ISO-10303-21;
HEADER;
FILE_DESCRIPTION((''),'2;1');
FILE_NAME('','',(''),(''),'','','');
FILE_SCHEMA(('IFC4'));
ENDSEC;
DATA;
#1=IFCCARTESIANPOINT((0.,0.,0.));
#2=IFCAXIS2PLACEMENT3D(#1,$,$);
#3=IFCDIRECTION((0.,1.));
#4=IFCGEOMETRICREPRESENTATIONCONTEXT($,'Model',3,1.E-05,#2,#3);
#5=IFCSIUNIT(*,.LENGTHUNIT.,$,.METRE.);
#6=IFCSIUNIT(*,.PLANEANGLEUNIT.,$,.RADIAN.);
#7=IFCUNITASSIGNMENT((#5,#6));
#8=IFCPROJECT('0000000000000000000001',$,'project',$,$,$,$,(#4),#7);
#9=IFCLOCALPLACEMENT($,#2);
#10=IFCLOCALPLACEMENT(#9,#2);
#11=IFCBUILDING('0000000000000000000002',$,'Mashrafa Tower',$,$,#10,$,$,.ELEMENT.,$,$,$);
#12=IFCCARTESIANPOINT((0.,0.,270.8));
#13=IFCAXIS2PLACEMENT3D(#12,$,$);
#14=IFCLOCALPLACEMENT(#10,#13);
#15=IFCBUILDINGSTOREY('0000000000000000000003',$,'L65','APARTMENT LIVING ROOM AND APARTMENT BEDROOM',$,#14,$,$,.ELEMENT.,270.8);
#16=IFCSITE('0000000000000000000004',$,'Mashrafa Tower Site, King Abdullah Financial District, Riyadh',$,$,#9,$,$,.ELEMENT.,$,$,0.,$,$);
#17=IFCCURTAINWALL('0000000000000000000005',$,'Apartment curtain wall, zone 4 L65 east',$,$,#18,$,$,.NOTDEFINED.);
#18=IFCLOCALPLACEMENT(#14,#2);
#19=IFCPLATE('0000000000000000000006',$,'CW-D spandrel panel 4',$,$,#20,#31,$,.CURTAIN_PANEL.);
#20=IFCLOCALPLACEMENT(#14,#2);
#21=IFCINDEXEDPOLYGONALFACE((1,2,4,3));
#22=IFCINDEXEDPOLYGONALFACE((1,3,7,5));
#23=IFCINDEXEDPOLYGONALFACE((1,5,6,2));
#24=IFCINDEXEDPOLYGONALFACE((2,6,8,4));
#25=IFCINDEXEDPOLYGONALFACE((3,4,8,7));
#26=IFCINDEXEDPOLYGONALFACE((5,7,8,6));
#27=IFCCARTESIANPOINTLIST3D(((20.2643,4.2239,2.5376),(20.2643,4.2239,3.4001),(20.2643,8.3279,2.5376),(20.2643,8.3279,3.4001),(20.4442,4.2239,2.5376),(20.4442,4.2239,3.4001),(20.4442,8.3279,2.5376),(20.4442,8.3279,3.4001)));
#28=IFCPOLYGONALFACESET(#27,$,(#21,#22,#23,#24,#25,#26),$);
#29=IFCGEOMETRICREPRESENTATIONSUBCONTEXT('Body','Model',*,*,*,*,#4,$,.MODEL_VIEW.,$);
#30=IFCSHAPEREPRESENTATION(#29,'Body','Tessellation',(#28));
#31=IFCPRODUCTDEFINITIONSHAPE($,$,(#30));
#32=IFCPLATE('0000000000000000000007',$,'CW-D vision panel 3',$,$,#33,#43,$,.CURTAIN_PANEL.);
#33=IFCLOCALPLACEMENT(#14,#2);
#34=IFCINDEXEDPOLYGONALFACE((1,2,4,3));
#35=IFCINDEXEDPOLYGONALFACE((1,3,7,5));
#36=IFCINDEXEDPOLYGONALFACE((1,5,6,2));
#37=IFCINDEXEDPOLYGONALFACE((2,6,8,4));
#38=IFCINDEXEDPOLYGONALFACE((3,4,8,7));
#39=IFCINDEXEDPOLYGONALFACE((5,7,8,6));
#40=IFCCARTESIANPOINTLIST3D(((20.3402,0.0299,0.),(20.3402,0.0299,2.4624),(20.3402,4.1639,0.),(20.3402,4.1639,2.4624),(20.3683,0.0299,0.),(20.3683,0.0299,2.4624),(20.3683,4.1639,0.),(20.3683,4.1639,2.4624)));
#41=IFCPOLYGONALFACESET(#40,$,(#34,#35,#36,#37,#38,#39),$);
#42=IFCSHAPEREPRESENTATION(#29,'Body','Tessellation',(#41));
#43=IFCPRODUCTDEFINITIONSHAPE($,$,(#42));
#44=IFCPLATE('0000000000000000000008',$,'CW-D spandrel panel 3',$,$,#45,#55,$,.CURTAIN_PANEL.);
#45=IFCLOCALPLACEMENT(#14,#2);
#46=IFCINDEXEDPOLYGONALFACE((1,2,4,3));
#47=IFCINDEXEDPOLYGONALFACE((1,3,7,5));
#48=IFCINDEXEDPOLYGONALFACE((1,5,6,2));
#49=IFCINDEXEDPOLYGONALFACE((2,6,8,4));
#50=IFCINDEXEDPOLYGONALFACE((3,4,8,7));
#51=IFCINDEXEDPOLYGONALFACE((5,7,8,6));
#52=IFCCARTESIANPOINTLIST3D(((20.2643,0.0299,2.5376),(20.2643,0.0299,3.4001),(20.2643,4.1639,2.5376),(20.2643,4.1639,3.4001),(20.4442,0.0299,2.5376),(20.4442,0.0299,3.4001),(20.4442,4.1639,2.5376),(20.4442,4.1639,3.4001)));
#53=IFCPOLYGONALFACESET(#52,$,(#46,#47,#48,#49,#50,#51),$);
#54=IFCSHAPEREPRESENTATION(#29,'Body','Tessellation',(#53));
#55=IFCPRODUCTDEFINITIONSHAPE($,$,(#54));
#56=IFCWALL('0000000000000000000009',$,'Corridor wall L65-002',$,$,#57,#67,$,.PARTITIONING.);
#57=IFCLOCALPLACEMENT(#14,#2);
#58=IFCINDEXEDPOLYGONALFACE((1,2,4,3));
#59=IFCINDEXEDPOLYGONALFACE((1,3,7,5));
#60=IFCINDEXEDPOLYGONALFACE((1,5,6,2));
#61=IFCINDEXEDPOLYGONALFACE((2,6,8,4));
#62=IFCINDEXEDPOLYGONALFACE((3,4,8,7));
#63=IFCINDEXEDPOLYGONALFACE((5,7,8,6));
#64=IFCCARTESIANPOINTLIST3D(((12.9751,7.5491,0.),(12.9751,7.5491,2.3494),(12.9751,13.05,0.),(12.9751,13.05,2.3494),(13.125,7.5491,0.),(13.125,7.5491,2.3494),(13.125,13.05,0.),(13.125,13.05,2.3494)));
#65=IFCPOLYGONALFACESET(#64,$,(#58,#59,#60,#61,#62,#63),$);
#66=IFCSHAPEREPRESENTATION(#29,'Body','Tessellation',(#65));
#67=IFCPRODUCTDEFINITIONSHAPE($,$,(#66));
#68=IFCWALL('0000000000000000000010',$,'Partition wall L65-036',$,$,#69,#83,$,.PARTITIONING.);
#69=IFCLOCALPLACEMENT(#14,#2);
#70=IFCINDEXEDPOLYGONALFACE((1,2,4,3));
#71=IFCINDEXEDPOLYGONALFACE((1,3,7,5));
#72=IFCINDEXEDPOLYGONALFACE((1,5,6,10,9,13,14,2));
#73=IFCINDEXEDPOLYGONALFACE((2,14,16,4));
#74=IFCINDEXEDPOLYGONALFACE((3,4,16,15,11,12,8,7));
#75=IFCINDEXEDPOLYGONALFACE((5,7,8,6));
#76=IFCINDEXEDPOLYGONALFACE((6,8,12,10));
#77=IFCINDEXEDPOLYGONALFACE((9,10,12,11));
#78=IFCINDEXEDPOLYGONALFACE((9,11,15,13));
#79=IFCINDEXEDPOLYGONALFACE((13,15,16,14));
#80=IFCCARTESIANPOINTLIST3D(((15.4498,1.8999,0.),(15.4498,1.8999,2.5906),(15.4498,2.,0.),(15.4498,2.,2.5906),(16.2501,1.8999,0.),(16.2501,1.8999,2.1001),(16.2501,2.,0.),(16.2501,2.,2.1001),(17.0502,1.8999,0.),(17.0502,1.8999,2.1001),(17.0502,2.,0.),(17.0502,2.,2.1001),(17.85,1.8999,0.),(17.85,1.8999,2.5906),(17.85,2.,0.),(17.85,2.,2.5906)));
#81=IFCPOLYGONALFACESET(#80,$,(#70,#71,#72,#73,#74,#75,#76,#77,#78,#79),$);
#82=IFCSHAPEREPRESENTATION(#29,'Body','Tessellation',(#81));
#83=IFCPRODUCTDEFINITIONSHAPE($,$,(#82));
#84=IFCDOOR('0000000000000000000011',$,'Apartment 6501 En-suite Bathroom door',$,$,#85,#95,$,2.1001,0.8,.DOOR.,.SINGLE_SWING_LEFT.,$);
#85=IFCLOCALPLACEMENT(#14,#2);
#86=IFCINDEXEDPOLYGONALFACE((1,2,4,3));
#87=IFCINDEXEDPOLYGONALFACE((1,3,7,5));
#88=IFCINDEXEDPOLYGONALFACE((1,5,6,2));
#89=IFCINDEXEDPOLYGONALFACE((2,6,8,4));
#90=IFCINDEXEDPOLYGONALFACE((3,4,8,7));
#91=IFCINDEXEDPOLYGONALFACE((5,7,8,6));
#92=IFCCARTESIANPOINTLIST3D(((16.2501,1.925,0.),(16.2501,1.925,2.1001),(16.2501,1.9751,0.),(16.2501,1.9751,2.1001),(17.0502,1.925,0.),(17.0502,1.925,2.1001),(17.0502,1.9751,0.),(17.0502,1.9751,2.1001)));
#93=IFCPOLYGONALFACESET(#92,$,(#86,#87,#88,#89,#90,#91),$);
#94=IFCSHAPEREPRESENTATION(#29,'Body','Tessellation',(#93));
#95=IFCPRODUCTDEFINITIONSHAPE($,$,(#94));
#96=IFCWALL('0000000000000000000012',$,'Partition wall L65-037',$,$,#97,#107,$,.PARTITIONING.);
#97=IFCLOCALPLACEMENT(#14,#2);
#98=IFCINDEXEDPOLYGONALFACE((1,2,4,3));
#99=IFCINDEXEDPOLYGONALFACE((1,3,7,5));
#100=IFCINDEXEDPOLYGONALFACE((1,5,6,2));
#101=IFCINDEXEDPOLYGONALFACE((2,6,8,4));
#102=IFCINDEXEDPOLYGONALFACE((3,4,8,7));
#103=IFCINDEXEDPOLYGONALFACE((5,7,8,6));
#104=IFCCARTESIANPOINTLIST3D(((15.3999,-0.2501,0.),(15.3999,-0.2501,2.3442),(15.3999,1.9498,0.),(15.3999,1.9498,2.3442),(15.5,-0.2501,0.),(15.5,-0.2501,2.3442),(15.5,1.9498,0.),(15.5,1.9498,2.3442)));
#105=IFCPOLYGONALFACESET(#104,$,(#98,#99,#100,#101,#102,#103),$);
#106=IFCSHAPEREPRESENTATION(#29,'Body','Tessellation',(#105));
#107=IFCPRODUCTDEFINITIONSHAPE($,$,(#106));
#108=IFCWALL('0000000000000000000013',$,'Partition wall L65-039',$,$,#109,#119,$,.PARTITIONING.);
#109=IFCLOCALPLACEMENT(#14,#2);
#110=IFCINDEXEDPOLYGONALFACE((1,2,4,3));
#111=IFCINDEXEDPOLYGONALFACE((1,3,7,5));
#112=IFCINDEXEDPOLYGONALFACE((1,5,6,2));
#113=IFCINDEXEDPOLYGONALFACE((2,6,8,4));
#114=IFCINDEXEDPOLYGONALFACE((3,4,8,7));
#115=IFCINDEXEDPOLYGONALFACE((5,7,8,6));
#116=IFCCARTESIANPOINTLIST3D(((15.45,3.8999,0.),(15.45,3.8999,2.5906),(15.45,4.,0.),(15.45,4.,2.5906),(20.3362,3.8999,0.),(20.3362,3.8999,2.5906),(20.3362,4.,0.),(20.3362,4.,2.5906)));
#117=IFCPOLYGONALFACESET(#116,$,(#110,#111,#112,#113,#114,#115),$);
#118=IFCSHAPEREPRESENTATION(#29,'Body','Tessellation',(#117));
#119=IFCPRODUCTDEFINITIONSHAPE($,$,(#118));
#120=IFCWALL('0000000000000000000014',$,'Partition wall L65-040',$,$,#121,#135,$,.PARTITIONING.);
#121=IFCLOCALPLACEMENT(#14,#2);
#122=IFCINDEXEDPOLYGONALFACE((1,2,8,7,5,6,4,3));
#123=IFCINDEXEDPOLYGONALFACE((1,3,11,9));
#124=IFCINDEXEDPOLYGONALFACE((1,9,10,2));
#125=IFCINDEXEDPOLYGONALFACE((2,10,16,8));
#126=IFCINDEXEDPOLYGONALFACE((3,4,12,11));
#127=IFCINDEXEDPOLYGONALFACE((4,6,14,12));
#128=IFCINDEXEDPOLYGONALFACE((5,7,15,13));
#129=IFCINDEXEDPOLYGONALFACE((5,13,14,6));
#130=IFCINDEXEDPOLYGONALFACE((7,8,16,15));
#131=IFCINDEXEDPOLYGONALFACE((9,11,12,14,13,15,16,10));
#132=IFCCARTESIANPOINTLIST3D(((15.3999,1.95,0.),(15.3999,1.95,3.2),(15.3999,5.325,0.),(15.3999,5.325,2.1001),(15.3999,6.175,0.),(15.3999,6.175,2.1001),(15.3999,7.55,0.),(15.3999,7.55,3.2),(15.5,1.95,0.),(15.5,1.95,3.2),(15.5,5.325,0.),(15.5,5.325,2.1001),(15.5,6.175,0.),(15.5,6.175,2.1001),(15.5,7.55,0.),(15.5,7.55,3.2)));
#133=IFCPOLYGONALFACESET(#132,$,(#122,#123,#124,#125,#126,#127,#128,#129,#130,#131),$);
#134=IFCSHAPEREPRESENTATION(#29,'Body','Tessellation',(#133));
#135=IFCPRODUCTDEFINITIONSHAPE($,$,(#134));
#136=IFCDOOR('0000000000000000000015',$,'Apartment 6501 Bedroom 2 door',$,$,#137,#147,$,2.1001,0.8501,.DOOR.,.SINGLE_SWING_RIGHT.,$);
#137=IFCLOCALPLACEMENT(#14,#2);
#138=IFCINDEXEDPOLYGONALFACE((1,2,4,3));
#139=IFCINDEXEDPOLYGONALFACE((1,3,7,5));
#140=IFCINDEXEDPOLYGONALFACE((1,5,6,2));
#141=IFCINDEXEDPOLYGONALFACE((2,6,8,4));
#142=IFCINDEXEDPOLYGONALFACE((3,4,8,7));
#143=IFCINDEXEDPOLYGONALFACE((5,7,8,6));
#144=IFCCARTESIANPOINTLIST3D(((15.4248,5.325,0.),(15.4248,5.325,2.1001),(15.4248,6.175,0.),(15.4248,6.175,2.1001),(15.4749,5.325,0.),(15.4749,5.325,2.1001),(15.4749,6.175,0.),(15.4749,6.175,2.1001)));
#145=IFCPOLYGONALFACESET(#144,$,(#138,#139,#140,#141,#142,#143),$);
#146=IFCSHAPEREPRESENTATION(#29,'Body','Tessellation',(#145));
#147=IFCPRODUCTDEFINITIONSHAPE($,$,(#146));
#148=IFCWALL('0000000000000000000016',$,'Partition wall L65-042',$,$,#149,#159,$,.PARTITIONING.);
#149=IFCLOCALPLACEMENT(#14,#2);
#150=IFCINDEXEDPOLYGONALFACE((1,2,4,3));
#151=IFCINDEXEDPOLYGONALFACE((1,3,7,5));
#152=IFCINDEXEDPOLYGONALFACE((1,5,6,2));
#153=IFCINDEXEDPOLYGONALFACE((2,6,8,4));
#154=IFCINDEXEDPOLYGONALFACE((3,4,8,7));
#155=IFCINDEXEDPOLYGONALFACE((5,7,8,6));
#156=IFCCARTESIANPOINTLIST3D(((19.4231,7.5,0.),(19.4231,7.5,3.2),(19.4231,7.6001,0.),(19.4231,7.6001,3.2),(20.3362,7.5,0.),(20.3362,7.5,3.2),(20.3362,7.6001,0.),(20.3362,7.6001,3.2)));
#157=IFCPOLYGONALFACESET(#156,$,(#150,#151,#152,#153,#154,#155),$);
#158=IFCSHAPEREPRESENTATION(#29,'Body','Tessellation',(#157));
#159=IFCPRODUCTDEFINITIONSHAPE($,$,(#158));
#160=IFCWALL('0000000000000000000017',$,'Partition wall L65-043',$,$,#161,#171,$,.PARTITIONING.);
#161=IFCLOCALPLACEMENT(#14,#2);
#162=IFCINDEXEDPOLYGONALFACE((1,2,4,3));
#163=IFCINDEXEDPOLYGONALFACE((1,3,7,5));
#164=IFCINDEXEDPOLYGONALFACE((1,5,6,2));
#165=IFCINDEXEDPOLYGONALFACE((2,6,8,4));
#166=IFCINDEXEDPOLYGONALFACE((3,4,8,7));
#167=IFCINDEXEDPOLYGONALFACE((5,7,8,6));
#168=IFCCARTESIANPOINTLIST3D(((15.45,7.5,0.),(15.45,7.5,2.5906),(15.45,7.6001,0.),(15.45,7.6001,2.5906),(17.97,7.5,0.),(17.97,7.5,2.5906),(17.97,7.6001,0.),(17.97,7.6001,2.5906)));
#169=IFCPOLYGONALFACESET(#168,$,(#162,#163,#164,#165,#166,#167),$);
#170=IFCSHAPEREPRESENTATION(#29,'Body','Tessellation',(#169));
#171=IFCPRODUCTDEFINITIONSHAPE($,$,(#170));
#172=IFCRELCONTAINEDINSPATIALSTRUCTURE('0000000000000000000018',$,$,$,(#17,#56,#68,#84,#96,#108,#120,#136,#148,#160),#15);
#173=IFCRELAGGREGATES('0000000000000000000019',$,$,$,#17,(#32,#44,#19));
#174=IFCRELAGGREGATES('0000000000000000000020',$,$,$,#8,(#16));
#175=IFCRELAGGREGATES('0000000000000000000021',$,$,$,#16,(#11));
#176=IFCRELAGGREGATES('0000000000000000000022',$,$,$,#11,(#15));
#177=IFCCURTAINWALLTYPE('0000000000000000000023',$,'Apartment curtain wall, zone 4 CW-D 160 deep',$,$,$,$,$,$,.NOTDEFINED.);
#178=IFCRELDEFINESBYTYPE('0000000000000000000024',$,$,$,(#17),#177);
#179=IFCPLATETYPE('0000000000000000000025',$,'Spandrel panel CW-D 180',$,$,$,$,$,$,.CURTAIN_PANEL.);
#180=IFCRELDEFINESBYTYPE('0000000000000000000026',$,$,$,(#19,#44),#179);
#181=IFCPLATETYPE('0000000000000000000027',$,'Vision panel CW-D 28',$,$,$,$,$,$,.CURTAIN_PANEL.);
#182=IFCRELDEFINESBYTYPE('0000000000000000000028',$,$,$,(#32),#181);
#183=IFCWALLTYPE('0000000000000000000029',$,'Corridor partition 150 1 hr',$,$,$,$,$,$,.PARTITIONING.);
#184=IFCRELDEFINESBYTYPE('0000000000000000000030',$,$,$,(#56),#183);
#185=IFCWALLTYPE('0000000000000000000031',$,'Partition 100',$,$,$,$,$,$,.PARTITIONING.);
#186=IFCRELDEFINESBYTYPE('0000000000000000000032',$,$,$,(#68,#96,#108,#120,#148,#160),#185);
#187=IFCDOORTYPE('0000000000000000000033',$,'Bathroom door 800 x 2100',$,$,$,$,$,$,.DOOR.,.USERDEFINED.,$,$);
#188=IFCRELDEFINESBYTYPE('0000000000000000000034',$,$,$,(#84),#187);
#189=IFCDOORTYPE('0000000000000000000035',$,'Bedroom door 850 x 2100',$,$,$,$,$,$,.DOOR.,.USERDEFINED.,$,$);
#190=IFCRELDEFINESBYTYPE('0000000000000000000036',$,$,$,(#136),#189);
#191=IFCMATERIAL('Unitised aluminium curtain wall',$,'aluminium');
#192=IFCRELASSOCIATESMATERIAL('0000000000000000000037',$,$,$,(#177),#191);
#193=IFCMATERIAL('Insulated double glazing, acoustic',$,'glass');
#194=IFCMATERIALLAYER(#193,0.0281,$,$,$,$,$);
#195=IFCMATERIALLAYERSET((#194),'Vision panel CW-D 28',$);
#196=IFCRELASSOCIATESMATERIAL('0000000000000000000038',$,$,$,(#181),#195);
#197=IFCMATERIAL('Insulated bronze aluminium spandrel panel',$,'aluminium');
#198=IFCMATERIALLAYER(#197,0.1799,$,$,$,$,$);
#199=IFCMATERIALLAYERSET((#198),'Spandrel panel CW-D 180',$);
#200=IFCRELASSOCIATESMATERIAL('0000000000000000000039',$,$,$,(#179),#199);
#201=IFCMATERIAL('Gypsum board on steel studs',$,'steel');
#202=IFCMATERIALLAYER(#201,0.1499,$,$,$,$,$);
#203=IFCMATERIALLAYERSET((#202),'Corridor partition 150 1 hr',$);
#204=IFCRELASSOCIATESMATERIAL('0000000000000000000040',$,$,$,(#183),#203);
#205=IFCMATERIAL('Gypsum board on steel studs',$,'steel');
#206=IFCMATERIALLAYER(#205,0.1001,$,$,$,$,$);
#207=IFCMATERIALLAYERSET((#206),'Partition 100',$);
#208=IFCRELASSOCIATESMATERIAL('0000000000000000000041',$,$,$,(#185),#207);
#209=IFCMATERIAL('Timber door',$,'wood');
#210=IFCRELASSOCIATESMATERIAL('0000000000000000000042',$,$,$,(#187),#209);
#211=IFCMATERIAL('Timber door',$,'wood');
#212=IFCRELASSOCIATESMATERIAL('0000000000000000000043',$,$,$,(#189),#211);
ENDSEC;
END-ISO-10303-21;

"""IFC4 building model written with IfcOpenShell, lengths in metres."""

from ifc_helpers import new_model, si_unit, direction, frame, frame_2d, origin, origin_2d, place, context, subcontext, project, spatial, rectangle, extrude, source, transform, mapped, material, layer, layer_set, type_object, type_shapes, element, fill, aggregate, save


model = new_model("IFC4")

# Units and contexts
model_context = context("Model", 3, precision=1e-05, world=origin(), true_north=direction((0.0, 1.0)))
body_context = subcontext(model_context, "Body", "Model", "MODEL_VIEW")
ifc_project = project(units=[si_unit("LENGTHUNIT", "METRE"), si_unit("PLANEANGLEUNIT", "RADIAN")], contexts=[model_context])

# Site, building, storey
site_placement = place(None, origin())
site = spatial("IfcSite", under=ifc_project, at=site_placement, Name="Mashrafa Tower Site, King Abdullah Financial District, Riyadh", CompositionType="ELEMENT", RefElevation=0.0)
building_placement = place(site_placement, origin())
building = spatial("IfcBuilding", under=site, at=building_placement, Name="Mashrafa Tower", CompositionType="ELEMENT")
storey_placement = place(building_placement, frame((0.0, 0.0, 270.8)))
storey = spatial("IfcBuildingStorey", under=building, at=storey_placement, Name="L65", Description="APARTMENT LIVING ROOM AND APARTMENT BEDROOM", CompositionType="ELEMENT", Elevation=270.8)

# Curtain wall, plates
ifc_material_1 = material(Name="Unitised aluminium curtain wall", Category="aluminium")
curtain_wall_type = type_object("IfcCurtainWallType", Name="Apartment curtain wall, zone 4 CW-D 160 deep", PredefinedType="NOTDEFINED", material=ifc_material_1)
curtain_wall_placement = place(storey_placement, origin())
curtain_wall = element("IfcCurtainWall", 1, at=curtain_wall_placement, inside=storey, type_object=curtain_wall_type, Name="Apartment curtain wall, zone 4 L65 east", PredefinedType="NOTDEFINED")
ifc_material_2 = material(Name="Insulated double glazing, acoustic", Category="glass")
ifc_layer_1 = layer(ifc_material_2, 0.0281)
ifc_layer_set_1 = layer_set([ifc_layer_1], Name="Vision panel CW-D 28")
plate_type_1 = type_object("IfcPlateType", Name="Vision panel CW-D 28", PredefinedType="CURTAIN_PANEL", material=ifc_layer_set_1)
ifc_material_3 = material(Name="Insulated bronze aluminium spandrel panel", Category="aluminium")
ifc_layer_2 = layer(ifc_material_3, 0.1799)
ifc_layer_set_2 = layer_set([ifc_layer_2], Name="Spandrel panel CW-D 180")
plate_type_2 = type_object("IfcPlateType", Name="Spandrel panel CW-D 180", PredefinedType="CURTAIN_PANEL", material=ifc_layer_set_2)
shared_shape_1 = source(origin(), body_context, "Body", "SweptSolid", [
    extrude(rectangle(XDim=4.104, YDim=0.1799, at=origin_2d()), origin(), (0.0, 0.0, 1.0), 0.8625),
])
plate_1_placement = place(storey_placement, frame((20.3542, 6.2759, 2.5376), z_axis=(0.0, 0.0, 1.0), x_axis=(0.0, 1.0, 0.0)))
plate_1 = element("IfcPlate", 2, at=plate_1_placement, type_object=plate_type_2, Name="CW-D spandrel panel 4", PredefinedType="CURTAIN_PANEL", context=body_context, shape_type="MappedRepresentation", body=[
    mapped(shared_shape_1, transform((0.0, 0.0, 0.0))),
])
shared_shape_2 = source(origin(), body_context, "Body", "SweptSolid", [
    extrude(rectangle(XDim=4.134, YDim=0.0281, at=origin_2d()), origin(), (0.0, 0.0, 1.0), 2.4624),
])
plate_2_placement = place(storey_placement, frame((20.3542, 2.0969, 0.0), z_axis=(0.0, 0.0, 1.0), x_axis=(0.0, 1.0, 0.0)))
plate_2 = element("IfcPlate", 3, at=plate_2_placement, type_object=plate_type_1, Name="CW-D vision panel 3", PredefinedType="CURTAIN_PANEL", context=body_context, shape_type="MappedRepresentation", body=[
    mapped(shared_shape_2, transform((0.0, 0.0, 0.0))),
])
shared_shape_3 = source(origin(), body_context, "Body", "SweptSolid", [
    extrude(rectangle(XDim=4.134, YDim=0.1799, at=origin_2d()), origin(), (0.0, 0.0, 1.0), 0.8625),
])
type_shapes(plate_type_2, [shared_shape_1, shared_shape_3])
plate_3_placement = place(storey_placement, frame((20.3542, 2.0969, 2.5376), z_axis=(0.0, 0.0, 1.0), x_axis=(0.0, 1.0, 0.0)))
plate_3 = element("IfcPlate", 4, at=plate_3_placement, type_object=plate_type_2, Name="CW-D spandrel panel 3", PredefinedType="CURTAIN_PANEL", context=body_context, shape_type="MappedRepresentation", body=[
    mapped(shared_shape_3, transform((0.0, 0.0, 0.0))),
])
aggregate(curtain_wall, [plate_2, plate_3, plate_1])

# Wall
ifc_material_4 = material(Name="Gypsum board on steel studs", Category="steel")
ifc_layer_3 = layer(ifc_material_4, 0.1499)
ifc_layer_set_3 = layer_set([ifc_layer_3], Name="Corridor partition 150 1 hr")
wall_type_1 = type_object("IfcWallType", Name="Corridor partition 150 1 hr", PredefinedType="PARTITIONING", material=ifc_layer_set_3)
wall_1_placement = place(storey_placement, frame((13.05, 7.5491, 0.0), z_axis=(0.0, 0.0, 1.0), x_axis=(0.0, 1.0, 0.0)))
element("IfcWall", 5, at=wall_1_placement, inside=storey, type_object=wall_type_1, Name="Corridor wall L65-002", PredefinedType="PARTITIONING", context=body_context, shape_type="SweptSolid", body=[
    extrude(rectangle(XDim=5.501, YDim=0.1499, at=frame_2d((2.7505, 0.0))), origin(), (0.0, 0.0, 1.0), 2.3494),
])

# Wall, opening, door
ifc_material_5 = material(Name="Gypsum board on steel studs", Category="steel")
ifc_layer_4 = layer(ifc_material_5, 0.1001)
ifc_layer_set_4 = layer_set([ifc_layer_4], Name="Partition 100")
wall_type_2 = type_object("IfcWallType", Name="Partition 100", PredefinedType="PARTITIONING", material=ifc_layer_set_4)
wall_2_placement = place(storey_placement, frame((17.8501, 1.95, 0.0), z_axis=(0.0, 0.0, 1.0), x_axis=(-1.0, 0.0, 0.0)))
wall_2 = element("IfcWall", 6, at=wall_2_placement, inside=storey, type_object=wall_type_2, Name="Partition wall L65-036", PredefinedType="PARTITIONING", context=body_context, shape_type="SweptSolid", body=[
    extrude(rectangle(XDim=2.4001, YDim=0.1001, at=frame_2d((1.2002, 0.0))), origin(), (0.0, 0.0, 1.0), 2.5906),
])
opening_1_placement = place(wall_2_placement, frame((0.8, 0.0, 0.0)))
opening_1 = element("IfcOpeningElement", 7, at=opening_1_placement, cuts=wall_2, PredefinedType="OPENING", context=body_context, shape_type="SweptSolid", body=[
    extrude(rectangle(XDim=0.8, YDim=2.1001, at=frame_2d((0.3999, 1.05))), frame((0.0, 0.0601, 0.0), z_axis=(0.0, -1.0, 0.0), x_axis=(1.0, 0.0, 0.0)), (0.0, 0.0, 1.0), 0.1201),
])
ifc_material_6 = material(Name="Timber door", Category="wood")
door_type_1 = type_object("IfcDoorType", Name="Bathroom door 800 x 2100", OperationType="USERDEFINED", PredefinedType="DOOR", material=ifc_material_6)
door_1_placement = place(opening_1_placement, origin())
door_1 = element("IfcDoor", 8, at=door_1_placement, inside=storey, type_object=door_type_1, Name="Apartment 6501 En-suite Bathroom door", OperationType="SINGLE_SWING_LEFT", OverallHeight=2.1001, OverallWidth=0.8, PredefinedType="DOOR", context=body_context, shape_type="SweptSolid", body=[
    extrude(rectangle(XDim=0.8, YDim=2.1001, at=frame_2d((0.3999, 1.05))), frame((0.0, 0.0249, 0.0), z_axis=(0.0, -1.0, 0.0), x_axis=(1.0, 0.0, 0.0)), (0.0, 0.0, 1.0), 0.05),
])
fill(opening_1, door_1)

# Walls
wall_3_placement = place(storey_placement, frame((15.45, 1.95, 0.0), z_axis=(0.0, 0.0, 1.0), x_axis=(0.0, -1.0, 0.0)))
element("IfcWall", 9, at=wall_3_placement, inside=storey, type_object=wall_type_2, Name="Partition wall L65-037", PredefinedType="PARTITIONING", context=body_context, shape_type="SweptSolid", body=[
    extrude(rectangle(XDim=2.2, YDim=0.1001, at=frame_2d((1.1001, 0.0))), origin(), (0.0, 0.0, 1.0), 2.3442),
])
wall_4_placement = place(storey_placement, frame((20.3362, 3.95, 0.0), z_axis=(0.0, 0.0, 1.0), x_axis=(-1.0, 0.0, 0.0)))
element("IfcWall", 10, at=wall_4_placement, inside=storey, type_object=wall_type_2, Name="Partition wall L65-039", PredefinedType="PARTITIONING", context=body_context, shape_type="SweptSolid", body=[
    extrude(rectangle(XDim=4.8862, YDim=0.1001, at=frame_2d((2.4431, 0.0))), origin(), (0.0, 0.0, 1.0), 2.5906),
])

# Wall, opening, door
wall_5_placement = place(storey_placement, frame((15.45, 1.95, 0.0), z_axis=(0.0, 0.0, 1.0), x_axis=(0.0, 1.0, 0.0)))
wall_5 = element("IfcWall", 11, at=wall_5_placement, inside=storey, type_object=wall_type_2, Name="Partition wall L65-040", PredefinedType="PARTITIONING", context=body_context, shape_type="SweptSolid", body=[
    extrude(rectangle(XDim=5.6001, YDim=0.1001, at=frame_2d((2.8, 0.0))), origin(), (0.0, 0.0, 1.0), 3.2),
])
opening_2_placement = place(wall_5_placement, frame((3.375, 0.0, 0.0)))
opening_2 = element("IfcOpeningElement", 12, at=opening_2_placement, cuts=wall_5, PredefinedType="OPENING", context=body_context, shape_type="SweptSolid", body=[
    extrude(rectangle(XDim=0.8501, YDim=2.1001, at=frame_2d((0.425, 1.05))), frame((0.0, 0.0601, 0.0), z_axis=(0.0, -1.0, 0.0), x_axis=(1.0, 0.0, 0.0)), (0.0, 0.0, 1.0), 0.1201),
])
ifc_material_7 = material(Name="Timber door", Category="wood")
door_type_2 = type_object("IfcDoorType", Name="Bedroom door 850 x 2100", OperationType="USERDEFINED", PredefinedType="DOOR", material=ifc_material_7)
door_2_placement = place(opening_2_placement, frame((0.8501, 0.0, 0.0), z_axis=(0.0, 0.0, 1.0), x_axis=(-1.0, 0.0, 0.0)))
door_2 = element("IfcDoor", 13, at=door_2_placement, inside=storey, type_object=door_type_2, Name="Apartment 6501 Bedroom 2 door", OperationType="SINGLE_SWING_RIGHT", OverallHeight=2.1001, OverallWidth=0.8501, PredefinedType="DOOR", context=body_context, shape_type="SweptSolid", body=[
    extrude(rectangle(XDim=0.8501, YDim=2.1001, at=frame_2d((0.425, 1.05))), frame((0.0, 0.0249, 0.0), z_axis=(0.0, -1.0, 0.0), x_axis=(1.0, 0.0, 0.0)), (0.0, 0.0, 1.0), 0.05),
])
fill(opening_2, door_2)

# Walls
wall_6_placement = place(storey_placement, frame((20.3362, 7.55, 0.0), z_axis=(0.0, 0.0, 1.0), x_axis=(-1.0, 0.0, 0.0)))
element("IfcWall", 14, at=wall_6_placement, inside=storey, type_object=wall_type_2, Name="Partition wall L65-042", PredefinedType="PARTITIONING", context=body_context, shape_type="SweptSolid", body=[
    extrude(rectangle(XDim=0.9131, YDim=0.1001, at=frame_2d((0.4565, 0.0))), origin(), (0.0, 0.0, 1.0), 3.2),
])
wall_7_placement = place(storey_placement, frame((17.97, 7.55, 0.0), z_axis=(0.0, 0.0, 1.0), x_axis=(-1.0, 0.0, 0.0)))
element("IfcWall", 15, at=wall_7_placement, inside=storey, type_object=wall_type_2, Name="Partition wall L65-043", PredefinedType="PARTITIONING", context=body_context, shape_type="SweptSolid", body=[
    extrude(rectangle(XDim=2.52, YDim=0.1001, at=frame_2d((1.26, 0.0))), origin(), (0.0, 0.0, 1.0), 2.5906),
])

save(model, "model.ifc")
